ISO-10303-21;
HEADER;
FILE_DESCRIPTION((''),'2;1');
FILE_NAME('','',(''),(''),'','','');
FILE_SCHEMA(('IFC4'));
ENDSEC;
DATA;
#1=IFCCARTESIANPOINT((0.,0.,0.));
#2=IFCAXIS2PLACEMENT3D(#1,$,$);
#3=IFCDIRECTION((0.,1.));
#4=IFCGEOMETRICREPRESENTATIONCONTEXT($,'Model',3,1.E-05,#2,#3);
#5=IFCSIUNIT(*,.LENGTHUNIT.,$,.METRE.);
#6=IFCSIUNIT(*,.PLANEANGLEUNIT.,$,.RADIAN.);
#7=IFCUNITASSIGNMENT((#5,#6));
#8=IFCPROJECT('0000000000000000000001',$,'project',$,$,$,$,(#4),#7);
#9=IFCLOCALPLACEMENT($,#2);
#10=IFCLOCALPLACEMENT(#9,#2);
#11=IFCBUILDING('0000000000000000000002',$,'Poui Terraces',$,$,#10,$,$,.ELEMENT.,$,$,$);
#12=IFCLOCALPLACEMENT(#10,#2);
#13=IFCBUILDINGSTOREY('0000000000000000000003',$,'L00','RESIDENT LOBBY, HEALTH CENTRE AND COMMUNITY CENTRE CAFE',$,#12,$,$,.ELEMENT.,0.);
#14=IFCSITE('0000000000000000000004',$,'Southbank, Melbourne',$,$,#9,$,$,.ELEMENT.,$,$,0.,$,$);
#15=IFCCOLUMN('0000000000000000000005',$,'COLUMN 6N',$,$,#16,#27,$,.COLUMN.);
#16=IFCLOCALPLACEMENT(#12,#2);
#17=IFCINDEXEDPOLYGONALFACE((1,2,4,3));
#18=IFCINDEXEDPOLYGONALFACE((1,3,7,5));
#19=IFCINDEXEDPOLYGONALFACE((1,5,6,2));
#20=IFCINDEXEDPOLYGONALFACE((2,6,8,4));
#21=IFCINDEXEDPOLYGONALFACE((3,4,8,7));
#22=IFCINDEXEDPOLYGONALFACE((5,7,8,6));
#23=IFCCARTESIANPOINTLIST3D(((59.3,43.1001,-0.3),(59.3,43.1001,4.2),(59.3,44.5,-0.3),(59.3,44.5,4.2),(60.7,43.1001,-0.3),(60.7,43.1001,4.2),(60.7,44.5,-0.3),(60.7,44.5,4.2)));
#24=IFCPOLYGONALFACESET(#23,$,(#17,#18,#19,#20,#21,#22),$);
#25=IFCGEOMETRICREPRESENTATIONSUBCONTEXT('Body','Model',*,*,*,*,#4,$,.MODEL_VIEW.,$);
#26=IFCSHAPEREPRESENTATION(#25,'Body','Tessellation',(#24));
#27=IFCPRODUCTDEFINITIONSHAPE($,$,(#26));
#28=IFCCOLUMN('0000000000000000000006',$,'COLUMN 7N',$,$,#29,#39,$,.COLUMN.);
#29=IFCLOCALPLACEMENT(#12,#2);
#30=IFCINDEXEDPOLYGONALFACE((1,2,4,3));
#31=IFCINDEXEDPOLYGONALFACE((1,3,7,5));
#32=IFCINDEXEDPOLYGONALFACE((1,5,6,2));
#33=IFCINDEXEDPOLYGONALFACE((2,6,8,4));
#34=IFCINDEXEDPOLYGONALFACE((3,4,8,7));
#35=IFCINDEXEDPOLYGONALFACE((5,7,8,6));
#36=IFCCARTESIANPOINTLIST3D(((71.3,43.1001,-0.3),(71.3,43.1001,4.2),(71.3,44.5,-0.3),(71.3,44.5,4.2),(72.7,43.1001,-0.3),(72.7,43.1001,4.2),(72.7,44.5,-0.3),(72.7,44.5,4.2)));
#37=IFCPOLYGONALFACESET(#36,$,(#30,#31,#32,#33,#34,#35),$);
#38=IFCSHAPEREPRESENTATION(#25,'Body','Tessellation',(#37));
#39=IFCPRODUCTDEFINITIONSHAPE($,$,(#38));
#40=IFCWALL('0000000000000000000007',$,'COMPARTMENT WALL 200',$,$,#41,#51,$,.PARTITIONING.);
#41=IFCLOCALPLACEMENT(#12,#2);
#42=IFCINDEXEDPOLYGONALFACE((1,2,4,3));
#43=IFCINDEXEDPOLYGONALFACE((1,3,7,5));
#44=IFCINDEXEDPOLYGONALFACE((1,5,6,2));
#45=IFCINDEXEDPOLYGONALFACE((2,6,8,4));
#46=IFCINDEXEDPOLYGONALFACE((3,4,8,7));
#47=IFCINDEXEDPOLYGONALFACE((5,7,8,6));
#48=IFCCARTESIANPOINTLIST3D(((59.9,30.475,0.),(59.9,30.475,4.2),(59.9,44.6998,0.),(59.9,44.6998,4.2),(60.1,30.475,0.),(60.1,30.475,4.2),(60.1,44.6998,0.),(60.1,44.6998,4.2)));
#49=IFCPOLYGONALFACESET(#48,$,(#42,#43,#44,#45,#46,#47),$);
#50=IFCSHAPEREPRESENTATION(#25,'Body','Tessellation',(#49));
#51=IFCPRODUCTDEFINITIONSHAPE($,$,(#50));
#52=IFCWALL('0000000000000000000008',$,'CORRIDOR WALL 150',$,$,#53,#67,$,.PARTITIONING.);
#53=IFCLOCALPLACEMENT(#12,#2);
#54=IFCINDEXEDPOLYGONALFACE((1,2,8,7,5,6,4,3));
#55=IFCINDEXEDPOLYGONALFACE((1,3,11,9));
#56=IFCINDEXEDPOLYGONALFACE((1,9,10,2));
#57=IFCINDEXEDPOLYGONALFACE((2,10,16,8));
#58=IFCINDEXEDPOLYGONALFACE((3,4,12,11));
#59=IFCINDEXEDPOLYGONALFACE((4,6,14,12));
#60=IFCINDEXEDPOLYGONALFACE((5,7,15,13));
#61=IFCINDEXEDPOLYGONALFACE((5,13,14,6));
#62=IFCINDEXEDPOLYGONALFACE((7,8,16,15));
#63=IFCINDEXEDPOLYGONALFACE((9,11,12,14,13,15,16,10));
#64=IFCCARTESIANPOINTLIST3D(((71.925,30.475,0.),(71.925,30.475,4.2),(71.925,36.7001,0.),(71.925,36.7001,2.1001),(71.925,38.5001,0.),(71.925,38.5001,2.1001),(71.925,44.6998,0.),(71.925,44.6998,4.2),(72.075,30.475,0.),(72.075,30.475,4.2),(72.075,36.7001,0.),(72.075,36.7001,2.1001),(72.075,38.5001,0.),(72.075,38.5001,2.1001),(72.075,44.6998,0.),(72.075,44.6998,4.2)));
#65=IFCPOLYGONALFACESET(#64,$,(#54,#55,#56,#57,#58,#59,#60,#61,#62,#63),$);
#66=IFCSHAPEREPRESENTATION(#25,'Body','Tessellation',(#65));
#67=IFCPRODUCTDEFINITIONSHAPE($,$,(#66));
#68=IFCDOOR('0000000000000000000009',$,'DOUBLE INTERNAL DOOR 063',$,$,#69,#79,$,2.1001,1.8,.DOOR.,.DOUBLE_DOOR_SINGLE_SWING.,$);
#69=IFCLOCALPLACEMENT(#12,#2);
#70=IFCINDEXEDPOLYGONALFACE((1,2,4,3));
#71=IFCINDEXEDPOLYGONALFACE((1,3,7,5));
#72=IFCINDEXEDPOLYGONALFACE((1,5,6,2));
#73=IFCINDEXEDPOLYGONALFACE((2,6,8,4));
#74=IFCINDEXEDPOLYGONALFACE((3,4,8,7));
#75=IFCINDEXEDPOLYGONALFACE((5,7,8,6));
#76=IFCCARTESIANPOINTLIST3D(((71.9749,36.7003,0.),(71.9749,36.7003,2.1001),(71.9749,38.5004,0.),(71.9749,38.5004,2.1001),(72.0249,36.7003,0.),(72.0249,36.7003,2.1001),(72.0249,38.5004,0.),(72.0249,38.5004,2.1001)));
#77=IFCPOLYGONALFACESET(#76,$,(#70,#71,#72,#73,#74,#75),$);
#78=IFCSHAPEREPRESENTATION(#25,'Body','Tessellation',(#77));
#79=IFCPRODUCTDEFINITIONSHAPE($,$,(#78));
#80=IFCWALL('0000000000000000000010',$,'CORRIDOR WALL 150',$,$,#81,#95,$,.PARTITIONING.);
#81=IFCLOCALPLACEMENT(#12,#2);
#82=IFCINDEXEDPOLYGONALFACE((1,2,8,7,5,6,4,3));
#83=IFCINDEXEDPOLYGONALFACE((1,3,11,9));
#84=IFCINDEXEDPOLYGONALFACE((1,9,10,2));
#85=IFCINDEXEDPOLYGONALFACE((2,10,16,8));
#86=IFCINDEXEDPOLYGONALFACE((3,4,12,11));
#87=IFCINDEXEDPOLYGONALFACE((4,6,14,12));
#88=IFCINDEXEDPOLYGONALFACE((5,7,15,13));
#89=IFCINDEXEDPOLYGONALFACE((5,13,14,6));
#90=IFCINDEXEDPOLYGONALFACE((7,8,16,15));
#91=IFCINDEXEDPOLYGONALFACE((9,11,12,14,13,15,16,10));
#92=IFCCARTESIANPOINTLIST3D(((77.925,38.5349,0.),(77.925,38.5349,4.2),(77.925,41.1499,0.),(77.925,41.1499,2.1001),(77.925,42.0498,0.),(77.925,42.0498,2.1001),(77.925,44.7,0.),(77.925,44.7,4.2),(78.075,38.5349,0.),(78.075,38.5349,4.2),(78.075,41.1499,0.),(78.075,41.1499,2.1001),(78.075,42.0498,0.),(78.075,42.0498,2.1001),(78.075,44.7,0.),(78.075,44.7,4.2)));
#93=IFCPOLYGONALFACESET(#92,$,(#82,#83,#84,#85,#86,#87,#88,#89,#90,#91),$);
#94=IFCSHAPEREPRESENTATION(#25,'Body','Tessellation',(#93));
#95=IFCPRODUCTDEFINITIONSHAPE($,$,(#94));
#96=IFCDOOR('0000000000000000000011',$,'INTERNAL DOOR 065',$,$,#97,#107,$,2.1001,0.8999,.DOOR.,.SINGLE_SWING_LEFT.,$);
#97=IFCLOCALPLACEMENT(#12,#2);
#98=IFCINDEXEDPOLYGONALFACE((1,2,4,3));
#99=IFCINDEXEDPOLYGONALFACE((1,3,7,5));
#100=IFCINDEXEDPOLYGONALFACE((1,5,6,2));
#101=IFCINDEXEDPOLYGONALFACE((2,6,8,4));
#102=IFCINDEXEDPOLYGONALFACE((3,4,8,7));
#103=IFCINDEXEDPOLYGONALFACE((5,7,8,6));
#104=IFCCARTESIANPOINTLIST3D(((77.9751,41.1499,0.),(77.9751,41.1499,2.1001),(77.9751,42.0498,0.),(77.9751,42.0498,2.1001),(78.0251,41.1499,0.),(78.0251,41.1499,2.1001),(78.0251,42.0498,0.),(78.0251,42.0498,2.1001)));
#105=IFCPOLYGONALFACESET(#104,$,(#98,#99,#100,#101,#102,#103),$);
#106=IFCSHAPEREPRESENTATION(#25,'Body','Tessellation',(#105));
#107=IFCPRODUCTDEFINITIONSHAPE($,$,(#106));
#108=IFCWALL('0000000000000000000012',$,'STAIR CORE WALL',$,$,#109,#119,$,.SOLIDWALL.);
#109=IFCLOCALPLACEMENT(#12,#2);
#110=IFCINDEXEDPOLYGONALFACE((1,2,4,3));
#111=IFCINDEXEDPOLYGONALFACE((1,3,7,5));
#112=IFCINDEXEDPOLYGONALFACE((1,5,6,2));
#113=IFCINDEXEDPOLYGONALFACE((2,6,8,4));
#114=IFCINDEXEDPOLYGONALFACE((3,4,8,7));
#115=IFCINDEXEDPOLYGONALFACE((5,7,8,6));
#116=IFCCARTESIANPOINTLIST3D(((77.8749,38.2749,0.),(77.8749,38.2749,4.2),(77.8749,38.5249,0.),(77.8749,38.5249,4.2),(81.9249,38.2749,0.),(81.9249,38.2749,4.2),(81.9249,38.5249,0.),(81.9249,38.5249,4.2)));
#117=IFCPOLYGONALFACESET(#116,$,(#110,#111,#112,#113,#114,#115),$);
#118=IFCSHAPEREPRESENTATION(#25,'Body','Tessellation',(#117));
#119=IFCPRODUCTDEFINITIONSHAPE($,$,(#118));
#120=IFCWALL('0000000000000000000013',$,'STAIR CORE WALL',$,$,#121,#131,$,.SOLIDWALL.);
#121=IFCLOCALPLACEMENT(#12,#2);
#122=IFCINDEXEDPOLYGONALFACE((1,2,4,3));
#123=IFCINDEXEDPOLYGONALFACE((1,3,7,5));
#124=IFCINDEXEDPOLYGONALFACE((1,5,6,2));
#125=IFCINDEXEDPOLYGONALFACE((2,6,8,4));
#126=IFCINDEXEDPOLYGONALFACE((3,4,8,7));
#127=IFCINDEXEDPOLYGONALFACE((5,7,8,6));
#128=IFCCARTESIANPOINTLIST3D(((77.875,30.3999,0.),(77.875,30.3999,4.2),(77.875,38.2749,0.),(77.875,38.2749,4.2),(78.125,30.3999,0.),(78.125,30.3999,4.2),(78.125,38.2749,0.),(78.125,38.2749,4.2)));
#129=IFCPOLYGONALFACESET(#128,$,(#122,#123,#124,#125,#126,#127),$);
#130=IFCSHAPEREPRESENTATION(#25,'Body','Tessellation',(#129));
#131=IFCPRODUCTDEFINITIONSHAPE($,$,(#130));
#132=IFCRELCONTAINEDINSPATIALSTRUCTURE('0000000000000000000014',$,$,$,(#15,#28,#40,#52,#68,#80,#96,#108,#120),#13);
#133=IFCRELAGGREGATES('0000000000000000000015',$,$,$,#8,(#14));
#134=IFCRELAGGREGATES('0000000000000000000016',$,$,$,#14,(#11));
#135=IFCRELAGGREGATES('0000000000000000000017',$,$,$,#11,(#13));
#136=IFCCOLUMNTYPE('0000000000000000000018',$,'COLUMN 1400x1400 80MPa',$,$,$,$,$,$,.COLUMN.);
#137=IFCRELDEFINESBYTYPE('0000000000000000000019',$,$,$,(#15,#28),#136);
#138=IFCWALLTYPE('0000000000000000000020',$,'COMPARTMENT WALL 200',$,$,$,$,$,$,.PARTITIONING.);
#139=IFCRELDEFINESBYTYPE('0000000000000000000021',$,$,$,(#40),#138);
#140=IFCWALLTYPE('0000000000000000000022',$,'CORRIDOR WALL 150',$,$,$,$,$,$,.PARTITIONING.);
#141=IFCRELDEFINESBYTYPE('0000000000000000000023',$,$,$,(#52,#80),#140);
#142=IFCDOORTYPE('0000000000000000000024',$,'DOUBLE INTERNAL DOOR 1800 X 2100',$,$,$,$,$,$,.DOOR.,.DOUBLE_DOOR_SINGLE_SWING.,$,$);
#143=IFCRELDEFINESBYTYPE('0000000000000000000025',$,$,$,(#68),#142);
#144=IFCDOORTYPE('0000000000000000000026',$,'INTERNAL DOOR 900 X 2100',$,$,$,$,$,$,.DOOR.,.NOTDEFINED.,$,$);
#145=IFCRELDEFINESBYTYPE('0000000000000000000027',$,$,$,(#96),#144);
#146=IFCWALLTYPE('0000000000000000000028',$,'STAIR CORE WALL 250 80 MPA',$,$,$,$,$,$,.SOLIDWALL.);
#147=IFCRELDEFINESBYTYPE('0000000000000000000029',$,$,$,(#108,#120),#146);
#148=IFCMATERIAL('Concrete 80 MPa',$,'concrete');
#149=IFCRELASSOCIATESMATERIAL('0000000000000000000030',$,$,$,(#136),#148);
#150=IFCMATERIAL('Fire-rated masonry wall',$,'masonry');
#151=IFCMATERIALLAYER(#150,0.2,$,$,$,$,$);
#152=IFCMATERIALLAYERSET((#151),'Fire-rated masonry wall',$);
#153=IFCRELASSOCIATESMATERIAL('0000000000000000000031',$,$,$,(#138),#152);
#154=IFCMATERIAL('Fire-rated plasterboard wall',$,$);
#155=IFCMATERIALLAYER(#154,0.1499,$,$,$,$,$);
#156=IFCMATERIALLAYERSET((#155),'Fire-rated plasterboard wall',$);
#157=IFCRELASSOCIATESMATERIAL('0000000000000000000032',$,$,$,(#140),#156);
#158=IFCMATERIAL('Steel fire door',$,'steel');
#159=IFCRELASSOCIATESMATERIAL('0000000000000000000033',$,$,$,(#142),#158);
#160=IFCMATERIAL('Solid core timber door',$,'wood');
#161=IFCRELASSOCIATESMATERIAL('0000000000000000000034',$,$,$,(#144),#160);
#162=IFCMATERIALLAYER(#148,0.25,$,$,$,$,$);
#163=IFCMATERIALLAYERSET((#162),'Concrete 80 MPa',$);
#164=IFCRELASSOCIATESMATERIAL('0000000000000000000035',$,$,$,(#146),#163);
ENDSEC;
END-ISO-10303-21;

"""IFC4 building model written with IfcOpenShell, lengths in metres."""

from ifc_helpers import new_model, si_unit, direction, frame, frame_2d, origin, origin_2d, place, context, subcontext, project, spatial, rectangle, extrude, source, transform, mapped, material, layer, layer_set, material_profile, profile_set, type_object, element, fill, save


model = new_model("IFC4")

# Units and contexts
model_context = context("Model", 3, precision=1e-05, world=origin(), true_north=direction((0.0, 1.0)))
body_context = subcontext(model_context, "Body", "Model", "MODEL_VIEW")
ifc_project = project(units=[si_unit("LENGTHUNIT", "METRE"), si_unit("PLANEANGLEUNIT", "RADIAN")], contexts=[model_context])

# Site, building, storey
site_placement = place(None, origin())
site = spatial("IfcSite", under=ifc_project, at=site_placement, Name="Southbank, Melbourne", CompositionType="ELEMENT", RefElevation=0.0)
building_placement = place(site_placement, origin())
building = spatial("IfcBuilding", under=site, at=building_placement, Name="Poui Terraces", CompositionType="ELEMENT")
storey_placement = place(building_placement, origin())
storey = spatial("IfcBuildingStorey", under=building, at=storey_placement, Name="L00", Description="RESIDENT LOBBY, HEALTH CENTRE AND COMMUNITY CENTRE CAFE", CompositionType="ELEMENT", Elevation=0.0)

# Columns
ifc_material_1 = material(Name="Concrete 80 MPa", Category="concrete")
ifc_material_profile_1 = material_profile(ifc_material_1, rectangle(XDim=1.3999, YDim=1.3999, at=origin_2d()), Name="RC 1400x1400")
ifc_profile_set_1 = profile_set([ifc_material_profile_1], Name="Concrete 80 MPa")
column_type_1 = type_object("IfcColumnType", Name="COLUMN 1400x1400 80MPa", PredefinedType="COLUMN", material=ifc_profile_set_1)
shared_shape_1 = source(origin(), body_context, "Body", "SweptSolid", [
    extrude(rectangle(XDim=1.3999, YDim=1.3999, at=origin_2d()), origin(), (0.0, 0.0, 1.0), 4.5),
])
for number, where, z_axis, x_axis, name in (
    (1, (60.0, 43.8, -0.3), (0.0, 0.0, 1.0), (1.0, 0.0, 0.0), "COLUMN 6N"),
    (2, (72.0, 43.8, -0.3), (0.0, 0.0, 1.0), (1.0, 0.0, 0.0), "COLUMN 7N"),
):
    element("IfcColumn", number, at=place(storey_placement, frame(where, z_axis=z_axis, x_axis=x_axis)), inside=storey, type_object=column_type_1, Name=name, PredefinedType="COLUMN", context=body_context, shape_type="MappedRepresentation", body=[
        mapped(shared_shape_1, transform((0.0, 0.0, 0.0))),
    ])

# Wall
ifc_material_2 = material(Name="Fire-rated masonry wall", Category="masonry")
ifc_layer_1 = layer(ifc_material_2, 0.2)
ifc_layer_set_1 = layer_set([ifc_layer_1], Name="Fire-rated masonry wall")
wall_type_1 = type_object("IfcWallType", Name="COMPARTMENT WALL 200", PredefinedType="PARTITIONING", material=ifc_layer_set_1)
wall_1_placement = place(storey_placement, frame((60.0, 30.4751, 0.0), z_axis=(0.0, 0.0, 1.0), x_axis=(0.0, 1.0, 0.0)))
element("IfcWall", 3, at=wall_1_placement, inside=storey, type_object=wall_type_1, Name="COMPARTMENT WALL 200", PredefinedType="PARTITIONING", context=body_context, shape_type="SweptSolid", body=[
    extrude(rectangle(XDim=14.2249, YDim=0.2, at=frame_2d((7.1123, 0.0))), origin(), (0.0, 0.0, 1.0), 4.2),
])

# Walls, openings, doors
ifc_material_3 = material(Name="Fire-rated plasterboard wall")
ifc_layer_2 = layer(ifc_material_3, 0.1499)
ifc_layer_set_2 = layer_set([ifc_layer_2], Name="Fire-rated plasterboard wall")
wall_type_2 = type_object("IfcWallType", Name="CORRIDOR WALL 150", PredefinedType="PARTITIONING", material=ifc_layer_set_2)
wall_2_placement = place(storey_placement, frame((72.0, 30.4751, 0.0), z_axis=(0.0, 0.0, 1.0), x_axis=(0.0, 1.0, 0.0)))
wall_2 = element("IfcWall", 4, at=wall_2_placement, inside=storey, type_object=wall_type_2, Name="CORRIDOR WALL 150", PredefinedType="PARTITIONING", context=body_context, shape_type="SweptSolid", body=[
    extrude(rectangle(XDim=14.2249, YDim=0.1499, at=frame_2d((7.1123, 0.0))), origin(), (0.0, 0.0, 1.0), 4.2),
])
opening_1_placement = place(wall_2_placement, frame((6.2251, 0.0, 0.0)))
opening_1 = element("IfcOpeningElement", 5, at=opening_1_placement, cuts=wall_2, PredefinedType="OPENING", context=body_context, shape_type="SweptSolid", body=[
    extrude(rectangle(XDim=1.8, YDim=2.1001, at=frame_2d((0.8999, 1.05))), frame((0.0, 0.085, 0.0), z_axis=(0.0, -1.0, 0.0), x_axis=(1.0, 0.0, 0.0)), (0.0, 0.0, 1.0), 0.1699),
])
ifc_material_4 = material(Name="Steel fire door", Category="steel")
door_type_1 = type_object("IfcDoorType", Name="DOUBLE INTERNAL DOOR 1800 X 2100", OperationType="DOUBLE_DOOR_SINGLE_SWING", PredefinedType="DOOR", material=ifc_material_4)
door_1_placement = place(opening_1_placement, frame((1.8, 0.0, 0.0), z_axis=(0.0, 0.0, 1.0), x_axis=(-1.0, 0.0, 0.0)))
door_1 = element("IfcDoor", 6, at=door_1_placement, inside=storey, type_object=door_type_1, Name="DOUBLE INTERNAL DOOR 063", OperationType="DOUBLE_DOOR_SINGLE_SWING", OverallHeight=2.1001, OverallWidth=1.8, PredefinedType="DOOR", context=body_context, shape_type="SweptSolid", body=[
    extrude(rectangle(XDim=1.8, YDim=2.1001, at=frame_2d((0.8999, 1.05))), frame((0.0, 0.0249, 0.0), z_axis=(0.0, -1.0, 0.0), x_axis=(1.0, 0.0, 0.0)), (0.0, 0.0, 1.0), 0.05),
])
fill(opening_1, door_1)
wall_3_placement = place(storey_placement, frame((78.0, 38.5349, 0.0), z_axis=(0.0, 0.0, 1.0), x_axis=(0.0, 1.0, 0.0)))
wall_3 = element("IfcWall", 7, at=wall_3_placement, inside=storey, type_object=wall_type_2, Name="CORRIDOR WALL 150", PredefinedType="PARTITIONING", context=body_context, shape_type="SweptSolid", body=[
    extrude(rectangle(XDim=6.165, YDim=0.1499, at=frame_2d((3.0825, 0.0))), origin(), (0.0, 0.0, 1.0), 4.2),
])
opening_2_placement = place(wall_3_placement, frame((2.615, 0.0, 0.0)))
opening_2 = element("IfcOpeningElement", 8, at=opening_2_placement, cuts=wall_3, PredefinedType="OPENING", context=body_context, shape_type="SweptSolid", body=[
    extrude(rectangle(XDim=0.8999, YDim=2.1001, at=frame_2d((0.45, 1.05))), frame((0.0, 0.085, 0.0), z_axis=(0.0, -1.0, 0.0), x_axis=(1.0, 0.0, 0.0)), (0.0, 0.0, 1.0), 0.1699),
])
ifc_material_5 = material(Name="Solid core timber door", Category="wood")
door_type_2 = type_object("IfcDoorType", Name="INTERNAL DOOR 900 X 2100", OperationType="NOTDEFINED", PredefinedType="DOOR", material=ifc_material_5)
door_2_placement = place(opening_2_placement, origin())
door_2 = element("IfcDoor", 9, at=door_2_placement, inside=storey, type_object=door_type_2, Name="INTERNAL DOOR 065", OperationType="SINGLE_SWING_LEFT", OverallHeight=2.1001, OverallWidth=0.8999, PredefinedType="DOOR", context=body_context, shape_type="SweptSolid", body=[
    extrude(rectangle(XDim=0.8999, YDim=2.1001, at=frame_2d((0.45, 1.05))), frame((0.0, 0.0249, 0.0), z_axis=(0.0, -1.0, 0.0), x_axis=(1.0, 0.0, 0.0)), (0.0, 0.0, 1.0), 0.05),
])
fill(opening_2, door_2)

# Walls
ifc_layer_3 = layer(ifc_material_1, 0.25)
ifc_layer_set_3 = layer_set([ifc_layer_3], Name="Concrete 80 MPa")
wall_type_3 = type_object("IfcWallType", Name="STAIR CORE WALL 250 80 MPA", PredefinedType="SOLIDWALL", material=ifc_layer_set_3)
wall_4_placement = place(storey_placement, frame((77.875, 38.3999, 0.0), z_axis=(0.0, 0.0, 1.0), x_axis=(1.0, 0.0, 0.0)))
element("IfcWall", 10, at=wall_4_placement, inside=storey, type_object=wall_type_3, Name="STAIR CORE WALL", PredefinedType="SOLIDWALL", context=body_context, shape_type="SweptSolid", body=[
    extrude(rectangle(XDim=4.05, YDim=0.25, at=frame_2d((2.0249, 0.0))), origin(), (0.0, 0.0, 1.0), 4.2),
])
wall_5_placement = place(storey_placement, frame((78.0, 30.3999, 0.0), z_axis=(0.0, 0.0, 1.0), x_axis=(0.0, 1.0, 0.0)))
element("IfcWall", 11, at=wall_5_placement, inside=storey, type_object=wall_type_3, Name="STAIR CORE WALL", PredefinedType="SOLIDWALL", context=body_context, shape_type="SweptSolid", body=[
    extrude(rectangle(XDim=7.875, YDim=0.25, at=frame_2d((3.9375, 0.0))), origin(), (0.0, 0.0, 1.0), 4.2),
])

save(model, "model.ifc")
